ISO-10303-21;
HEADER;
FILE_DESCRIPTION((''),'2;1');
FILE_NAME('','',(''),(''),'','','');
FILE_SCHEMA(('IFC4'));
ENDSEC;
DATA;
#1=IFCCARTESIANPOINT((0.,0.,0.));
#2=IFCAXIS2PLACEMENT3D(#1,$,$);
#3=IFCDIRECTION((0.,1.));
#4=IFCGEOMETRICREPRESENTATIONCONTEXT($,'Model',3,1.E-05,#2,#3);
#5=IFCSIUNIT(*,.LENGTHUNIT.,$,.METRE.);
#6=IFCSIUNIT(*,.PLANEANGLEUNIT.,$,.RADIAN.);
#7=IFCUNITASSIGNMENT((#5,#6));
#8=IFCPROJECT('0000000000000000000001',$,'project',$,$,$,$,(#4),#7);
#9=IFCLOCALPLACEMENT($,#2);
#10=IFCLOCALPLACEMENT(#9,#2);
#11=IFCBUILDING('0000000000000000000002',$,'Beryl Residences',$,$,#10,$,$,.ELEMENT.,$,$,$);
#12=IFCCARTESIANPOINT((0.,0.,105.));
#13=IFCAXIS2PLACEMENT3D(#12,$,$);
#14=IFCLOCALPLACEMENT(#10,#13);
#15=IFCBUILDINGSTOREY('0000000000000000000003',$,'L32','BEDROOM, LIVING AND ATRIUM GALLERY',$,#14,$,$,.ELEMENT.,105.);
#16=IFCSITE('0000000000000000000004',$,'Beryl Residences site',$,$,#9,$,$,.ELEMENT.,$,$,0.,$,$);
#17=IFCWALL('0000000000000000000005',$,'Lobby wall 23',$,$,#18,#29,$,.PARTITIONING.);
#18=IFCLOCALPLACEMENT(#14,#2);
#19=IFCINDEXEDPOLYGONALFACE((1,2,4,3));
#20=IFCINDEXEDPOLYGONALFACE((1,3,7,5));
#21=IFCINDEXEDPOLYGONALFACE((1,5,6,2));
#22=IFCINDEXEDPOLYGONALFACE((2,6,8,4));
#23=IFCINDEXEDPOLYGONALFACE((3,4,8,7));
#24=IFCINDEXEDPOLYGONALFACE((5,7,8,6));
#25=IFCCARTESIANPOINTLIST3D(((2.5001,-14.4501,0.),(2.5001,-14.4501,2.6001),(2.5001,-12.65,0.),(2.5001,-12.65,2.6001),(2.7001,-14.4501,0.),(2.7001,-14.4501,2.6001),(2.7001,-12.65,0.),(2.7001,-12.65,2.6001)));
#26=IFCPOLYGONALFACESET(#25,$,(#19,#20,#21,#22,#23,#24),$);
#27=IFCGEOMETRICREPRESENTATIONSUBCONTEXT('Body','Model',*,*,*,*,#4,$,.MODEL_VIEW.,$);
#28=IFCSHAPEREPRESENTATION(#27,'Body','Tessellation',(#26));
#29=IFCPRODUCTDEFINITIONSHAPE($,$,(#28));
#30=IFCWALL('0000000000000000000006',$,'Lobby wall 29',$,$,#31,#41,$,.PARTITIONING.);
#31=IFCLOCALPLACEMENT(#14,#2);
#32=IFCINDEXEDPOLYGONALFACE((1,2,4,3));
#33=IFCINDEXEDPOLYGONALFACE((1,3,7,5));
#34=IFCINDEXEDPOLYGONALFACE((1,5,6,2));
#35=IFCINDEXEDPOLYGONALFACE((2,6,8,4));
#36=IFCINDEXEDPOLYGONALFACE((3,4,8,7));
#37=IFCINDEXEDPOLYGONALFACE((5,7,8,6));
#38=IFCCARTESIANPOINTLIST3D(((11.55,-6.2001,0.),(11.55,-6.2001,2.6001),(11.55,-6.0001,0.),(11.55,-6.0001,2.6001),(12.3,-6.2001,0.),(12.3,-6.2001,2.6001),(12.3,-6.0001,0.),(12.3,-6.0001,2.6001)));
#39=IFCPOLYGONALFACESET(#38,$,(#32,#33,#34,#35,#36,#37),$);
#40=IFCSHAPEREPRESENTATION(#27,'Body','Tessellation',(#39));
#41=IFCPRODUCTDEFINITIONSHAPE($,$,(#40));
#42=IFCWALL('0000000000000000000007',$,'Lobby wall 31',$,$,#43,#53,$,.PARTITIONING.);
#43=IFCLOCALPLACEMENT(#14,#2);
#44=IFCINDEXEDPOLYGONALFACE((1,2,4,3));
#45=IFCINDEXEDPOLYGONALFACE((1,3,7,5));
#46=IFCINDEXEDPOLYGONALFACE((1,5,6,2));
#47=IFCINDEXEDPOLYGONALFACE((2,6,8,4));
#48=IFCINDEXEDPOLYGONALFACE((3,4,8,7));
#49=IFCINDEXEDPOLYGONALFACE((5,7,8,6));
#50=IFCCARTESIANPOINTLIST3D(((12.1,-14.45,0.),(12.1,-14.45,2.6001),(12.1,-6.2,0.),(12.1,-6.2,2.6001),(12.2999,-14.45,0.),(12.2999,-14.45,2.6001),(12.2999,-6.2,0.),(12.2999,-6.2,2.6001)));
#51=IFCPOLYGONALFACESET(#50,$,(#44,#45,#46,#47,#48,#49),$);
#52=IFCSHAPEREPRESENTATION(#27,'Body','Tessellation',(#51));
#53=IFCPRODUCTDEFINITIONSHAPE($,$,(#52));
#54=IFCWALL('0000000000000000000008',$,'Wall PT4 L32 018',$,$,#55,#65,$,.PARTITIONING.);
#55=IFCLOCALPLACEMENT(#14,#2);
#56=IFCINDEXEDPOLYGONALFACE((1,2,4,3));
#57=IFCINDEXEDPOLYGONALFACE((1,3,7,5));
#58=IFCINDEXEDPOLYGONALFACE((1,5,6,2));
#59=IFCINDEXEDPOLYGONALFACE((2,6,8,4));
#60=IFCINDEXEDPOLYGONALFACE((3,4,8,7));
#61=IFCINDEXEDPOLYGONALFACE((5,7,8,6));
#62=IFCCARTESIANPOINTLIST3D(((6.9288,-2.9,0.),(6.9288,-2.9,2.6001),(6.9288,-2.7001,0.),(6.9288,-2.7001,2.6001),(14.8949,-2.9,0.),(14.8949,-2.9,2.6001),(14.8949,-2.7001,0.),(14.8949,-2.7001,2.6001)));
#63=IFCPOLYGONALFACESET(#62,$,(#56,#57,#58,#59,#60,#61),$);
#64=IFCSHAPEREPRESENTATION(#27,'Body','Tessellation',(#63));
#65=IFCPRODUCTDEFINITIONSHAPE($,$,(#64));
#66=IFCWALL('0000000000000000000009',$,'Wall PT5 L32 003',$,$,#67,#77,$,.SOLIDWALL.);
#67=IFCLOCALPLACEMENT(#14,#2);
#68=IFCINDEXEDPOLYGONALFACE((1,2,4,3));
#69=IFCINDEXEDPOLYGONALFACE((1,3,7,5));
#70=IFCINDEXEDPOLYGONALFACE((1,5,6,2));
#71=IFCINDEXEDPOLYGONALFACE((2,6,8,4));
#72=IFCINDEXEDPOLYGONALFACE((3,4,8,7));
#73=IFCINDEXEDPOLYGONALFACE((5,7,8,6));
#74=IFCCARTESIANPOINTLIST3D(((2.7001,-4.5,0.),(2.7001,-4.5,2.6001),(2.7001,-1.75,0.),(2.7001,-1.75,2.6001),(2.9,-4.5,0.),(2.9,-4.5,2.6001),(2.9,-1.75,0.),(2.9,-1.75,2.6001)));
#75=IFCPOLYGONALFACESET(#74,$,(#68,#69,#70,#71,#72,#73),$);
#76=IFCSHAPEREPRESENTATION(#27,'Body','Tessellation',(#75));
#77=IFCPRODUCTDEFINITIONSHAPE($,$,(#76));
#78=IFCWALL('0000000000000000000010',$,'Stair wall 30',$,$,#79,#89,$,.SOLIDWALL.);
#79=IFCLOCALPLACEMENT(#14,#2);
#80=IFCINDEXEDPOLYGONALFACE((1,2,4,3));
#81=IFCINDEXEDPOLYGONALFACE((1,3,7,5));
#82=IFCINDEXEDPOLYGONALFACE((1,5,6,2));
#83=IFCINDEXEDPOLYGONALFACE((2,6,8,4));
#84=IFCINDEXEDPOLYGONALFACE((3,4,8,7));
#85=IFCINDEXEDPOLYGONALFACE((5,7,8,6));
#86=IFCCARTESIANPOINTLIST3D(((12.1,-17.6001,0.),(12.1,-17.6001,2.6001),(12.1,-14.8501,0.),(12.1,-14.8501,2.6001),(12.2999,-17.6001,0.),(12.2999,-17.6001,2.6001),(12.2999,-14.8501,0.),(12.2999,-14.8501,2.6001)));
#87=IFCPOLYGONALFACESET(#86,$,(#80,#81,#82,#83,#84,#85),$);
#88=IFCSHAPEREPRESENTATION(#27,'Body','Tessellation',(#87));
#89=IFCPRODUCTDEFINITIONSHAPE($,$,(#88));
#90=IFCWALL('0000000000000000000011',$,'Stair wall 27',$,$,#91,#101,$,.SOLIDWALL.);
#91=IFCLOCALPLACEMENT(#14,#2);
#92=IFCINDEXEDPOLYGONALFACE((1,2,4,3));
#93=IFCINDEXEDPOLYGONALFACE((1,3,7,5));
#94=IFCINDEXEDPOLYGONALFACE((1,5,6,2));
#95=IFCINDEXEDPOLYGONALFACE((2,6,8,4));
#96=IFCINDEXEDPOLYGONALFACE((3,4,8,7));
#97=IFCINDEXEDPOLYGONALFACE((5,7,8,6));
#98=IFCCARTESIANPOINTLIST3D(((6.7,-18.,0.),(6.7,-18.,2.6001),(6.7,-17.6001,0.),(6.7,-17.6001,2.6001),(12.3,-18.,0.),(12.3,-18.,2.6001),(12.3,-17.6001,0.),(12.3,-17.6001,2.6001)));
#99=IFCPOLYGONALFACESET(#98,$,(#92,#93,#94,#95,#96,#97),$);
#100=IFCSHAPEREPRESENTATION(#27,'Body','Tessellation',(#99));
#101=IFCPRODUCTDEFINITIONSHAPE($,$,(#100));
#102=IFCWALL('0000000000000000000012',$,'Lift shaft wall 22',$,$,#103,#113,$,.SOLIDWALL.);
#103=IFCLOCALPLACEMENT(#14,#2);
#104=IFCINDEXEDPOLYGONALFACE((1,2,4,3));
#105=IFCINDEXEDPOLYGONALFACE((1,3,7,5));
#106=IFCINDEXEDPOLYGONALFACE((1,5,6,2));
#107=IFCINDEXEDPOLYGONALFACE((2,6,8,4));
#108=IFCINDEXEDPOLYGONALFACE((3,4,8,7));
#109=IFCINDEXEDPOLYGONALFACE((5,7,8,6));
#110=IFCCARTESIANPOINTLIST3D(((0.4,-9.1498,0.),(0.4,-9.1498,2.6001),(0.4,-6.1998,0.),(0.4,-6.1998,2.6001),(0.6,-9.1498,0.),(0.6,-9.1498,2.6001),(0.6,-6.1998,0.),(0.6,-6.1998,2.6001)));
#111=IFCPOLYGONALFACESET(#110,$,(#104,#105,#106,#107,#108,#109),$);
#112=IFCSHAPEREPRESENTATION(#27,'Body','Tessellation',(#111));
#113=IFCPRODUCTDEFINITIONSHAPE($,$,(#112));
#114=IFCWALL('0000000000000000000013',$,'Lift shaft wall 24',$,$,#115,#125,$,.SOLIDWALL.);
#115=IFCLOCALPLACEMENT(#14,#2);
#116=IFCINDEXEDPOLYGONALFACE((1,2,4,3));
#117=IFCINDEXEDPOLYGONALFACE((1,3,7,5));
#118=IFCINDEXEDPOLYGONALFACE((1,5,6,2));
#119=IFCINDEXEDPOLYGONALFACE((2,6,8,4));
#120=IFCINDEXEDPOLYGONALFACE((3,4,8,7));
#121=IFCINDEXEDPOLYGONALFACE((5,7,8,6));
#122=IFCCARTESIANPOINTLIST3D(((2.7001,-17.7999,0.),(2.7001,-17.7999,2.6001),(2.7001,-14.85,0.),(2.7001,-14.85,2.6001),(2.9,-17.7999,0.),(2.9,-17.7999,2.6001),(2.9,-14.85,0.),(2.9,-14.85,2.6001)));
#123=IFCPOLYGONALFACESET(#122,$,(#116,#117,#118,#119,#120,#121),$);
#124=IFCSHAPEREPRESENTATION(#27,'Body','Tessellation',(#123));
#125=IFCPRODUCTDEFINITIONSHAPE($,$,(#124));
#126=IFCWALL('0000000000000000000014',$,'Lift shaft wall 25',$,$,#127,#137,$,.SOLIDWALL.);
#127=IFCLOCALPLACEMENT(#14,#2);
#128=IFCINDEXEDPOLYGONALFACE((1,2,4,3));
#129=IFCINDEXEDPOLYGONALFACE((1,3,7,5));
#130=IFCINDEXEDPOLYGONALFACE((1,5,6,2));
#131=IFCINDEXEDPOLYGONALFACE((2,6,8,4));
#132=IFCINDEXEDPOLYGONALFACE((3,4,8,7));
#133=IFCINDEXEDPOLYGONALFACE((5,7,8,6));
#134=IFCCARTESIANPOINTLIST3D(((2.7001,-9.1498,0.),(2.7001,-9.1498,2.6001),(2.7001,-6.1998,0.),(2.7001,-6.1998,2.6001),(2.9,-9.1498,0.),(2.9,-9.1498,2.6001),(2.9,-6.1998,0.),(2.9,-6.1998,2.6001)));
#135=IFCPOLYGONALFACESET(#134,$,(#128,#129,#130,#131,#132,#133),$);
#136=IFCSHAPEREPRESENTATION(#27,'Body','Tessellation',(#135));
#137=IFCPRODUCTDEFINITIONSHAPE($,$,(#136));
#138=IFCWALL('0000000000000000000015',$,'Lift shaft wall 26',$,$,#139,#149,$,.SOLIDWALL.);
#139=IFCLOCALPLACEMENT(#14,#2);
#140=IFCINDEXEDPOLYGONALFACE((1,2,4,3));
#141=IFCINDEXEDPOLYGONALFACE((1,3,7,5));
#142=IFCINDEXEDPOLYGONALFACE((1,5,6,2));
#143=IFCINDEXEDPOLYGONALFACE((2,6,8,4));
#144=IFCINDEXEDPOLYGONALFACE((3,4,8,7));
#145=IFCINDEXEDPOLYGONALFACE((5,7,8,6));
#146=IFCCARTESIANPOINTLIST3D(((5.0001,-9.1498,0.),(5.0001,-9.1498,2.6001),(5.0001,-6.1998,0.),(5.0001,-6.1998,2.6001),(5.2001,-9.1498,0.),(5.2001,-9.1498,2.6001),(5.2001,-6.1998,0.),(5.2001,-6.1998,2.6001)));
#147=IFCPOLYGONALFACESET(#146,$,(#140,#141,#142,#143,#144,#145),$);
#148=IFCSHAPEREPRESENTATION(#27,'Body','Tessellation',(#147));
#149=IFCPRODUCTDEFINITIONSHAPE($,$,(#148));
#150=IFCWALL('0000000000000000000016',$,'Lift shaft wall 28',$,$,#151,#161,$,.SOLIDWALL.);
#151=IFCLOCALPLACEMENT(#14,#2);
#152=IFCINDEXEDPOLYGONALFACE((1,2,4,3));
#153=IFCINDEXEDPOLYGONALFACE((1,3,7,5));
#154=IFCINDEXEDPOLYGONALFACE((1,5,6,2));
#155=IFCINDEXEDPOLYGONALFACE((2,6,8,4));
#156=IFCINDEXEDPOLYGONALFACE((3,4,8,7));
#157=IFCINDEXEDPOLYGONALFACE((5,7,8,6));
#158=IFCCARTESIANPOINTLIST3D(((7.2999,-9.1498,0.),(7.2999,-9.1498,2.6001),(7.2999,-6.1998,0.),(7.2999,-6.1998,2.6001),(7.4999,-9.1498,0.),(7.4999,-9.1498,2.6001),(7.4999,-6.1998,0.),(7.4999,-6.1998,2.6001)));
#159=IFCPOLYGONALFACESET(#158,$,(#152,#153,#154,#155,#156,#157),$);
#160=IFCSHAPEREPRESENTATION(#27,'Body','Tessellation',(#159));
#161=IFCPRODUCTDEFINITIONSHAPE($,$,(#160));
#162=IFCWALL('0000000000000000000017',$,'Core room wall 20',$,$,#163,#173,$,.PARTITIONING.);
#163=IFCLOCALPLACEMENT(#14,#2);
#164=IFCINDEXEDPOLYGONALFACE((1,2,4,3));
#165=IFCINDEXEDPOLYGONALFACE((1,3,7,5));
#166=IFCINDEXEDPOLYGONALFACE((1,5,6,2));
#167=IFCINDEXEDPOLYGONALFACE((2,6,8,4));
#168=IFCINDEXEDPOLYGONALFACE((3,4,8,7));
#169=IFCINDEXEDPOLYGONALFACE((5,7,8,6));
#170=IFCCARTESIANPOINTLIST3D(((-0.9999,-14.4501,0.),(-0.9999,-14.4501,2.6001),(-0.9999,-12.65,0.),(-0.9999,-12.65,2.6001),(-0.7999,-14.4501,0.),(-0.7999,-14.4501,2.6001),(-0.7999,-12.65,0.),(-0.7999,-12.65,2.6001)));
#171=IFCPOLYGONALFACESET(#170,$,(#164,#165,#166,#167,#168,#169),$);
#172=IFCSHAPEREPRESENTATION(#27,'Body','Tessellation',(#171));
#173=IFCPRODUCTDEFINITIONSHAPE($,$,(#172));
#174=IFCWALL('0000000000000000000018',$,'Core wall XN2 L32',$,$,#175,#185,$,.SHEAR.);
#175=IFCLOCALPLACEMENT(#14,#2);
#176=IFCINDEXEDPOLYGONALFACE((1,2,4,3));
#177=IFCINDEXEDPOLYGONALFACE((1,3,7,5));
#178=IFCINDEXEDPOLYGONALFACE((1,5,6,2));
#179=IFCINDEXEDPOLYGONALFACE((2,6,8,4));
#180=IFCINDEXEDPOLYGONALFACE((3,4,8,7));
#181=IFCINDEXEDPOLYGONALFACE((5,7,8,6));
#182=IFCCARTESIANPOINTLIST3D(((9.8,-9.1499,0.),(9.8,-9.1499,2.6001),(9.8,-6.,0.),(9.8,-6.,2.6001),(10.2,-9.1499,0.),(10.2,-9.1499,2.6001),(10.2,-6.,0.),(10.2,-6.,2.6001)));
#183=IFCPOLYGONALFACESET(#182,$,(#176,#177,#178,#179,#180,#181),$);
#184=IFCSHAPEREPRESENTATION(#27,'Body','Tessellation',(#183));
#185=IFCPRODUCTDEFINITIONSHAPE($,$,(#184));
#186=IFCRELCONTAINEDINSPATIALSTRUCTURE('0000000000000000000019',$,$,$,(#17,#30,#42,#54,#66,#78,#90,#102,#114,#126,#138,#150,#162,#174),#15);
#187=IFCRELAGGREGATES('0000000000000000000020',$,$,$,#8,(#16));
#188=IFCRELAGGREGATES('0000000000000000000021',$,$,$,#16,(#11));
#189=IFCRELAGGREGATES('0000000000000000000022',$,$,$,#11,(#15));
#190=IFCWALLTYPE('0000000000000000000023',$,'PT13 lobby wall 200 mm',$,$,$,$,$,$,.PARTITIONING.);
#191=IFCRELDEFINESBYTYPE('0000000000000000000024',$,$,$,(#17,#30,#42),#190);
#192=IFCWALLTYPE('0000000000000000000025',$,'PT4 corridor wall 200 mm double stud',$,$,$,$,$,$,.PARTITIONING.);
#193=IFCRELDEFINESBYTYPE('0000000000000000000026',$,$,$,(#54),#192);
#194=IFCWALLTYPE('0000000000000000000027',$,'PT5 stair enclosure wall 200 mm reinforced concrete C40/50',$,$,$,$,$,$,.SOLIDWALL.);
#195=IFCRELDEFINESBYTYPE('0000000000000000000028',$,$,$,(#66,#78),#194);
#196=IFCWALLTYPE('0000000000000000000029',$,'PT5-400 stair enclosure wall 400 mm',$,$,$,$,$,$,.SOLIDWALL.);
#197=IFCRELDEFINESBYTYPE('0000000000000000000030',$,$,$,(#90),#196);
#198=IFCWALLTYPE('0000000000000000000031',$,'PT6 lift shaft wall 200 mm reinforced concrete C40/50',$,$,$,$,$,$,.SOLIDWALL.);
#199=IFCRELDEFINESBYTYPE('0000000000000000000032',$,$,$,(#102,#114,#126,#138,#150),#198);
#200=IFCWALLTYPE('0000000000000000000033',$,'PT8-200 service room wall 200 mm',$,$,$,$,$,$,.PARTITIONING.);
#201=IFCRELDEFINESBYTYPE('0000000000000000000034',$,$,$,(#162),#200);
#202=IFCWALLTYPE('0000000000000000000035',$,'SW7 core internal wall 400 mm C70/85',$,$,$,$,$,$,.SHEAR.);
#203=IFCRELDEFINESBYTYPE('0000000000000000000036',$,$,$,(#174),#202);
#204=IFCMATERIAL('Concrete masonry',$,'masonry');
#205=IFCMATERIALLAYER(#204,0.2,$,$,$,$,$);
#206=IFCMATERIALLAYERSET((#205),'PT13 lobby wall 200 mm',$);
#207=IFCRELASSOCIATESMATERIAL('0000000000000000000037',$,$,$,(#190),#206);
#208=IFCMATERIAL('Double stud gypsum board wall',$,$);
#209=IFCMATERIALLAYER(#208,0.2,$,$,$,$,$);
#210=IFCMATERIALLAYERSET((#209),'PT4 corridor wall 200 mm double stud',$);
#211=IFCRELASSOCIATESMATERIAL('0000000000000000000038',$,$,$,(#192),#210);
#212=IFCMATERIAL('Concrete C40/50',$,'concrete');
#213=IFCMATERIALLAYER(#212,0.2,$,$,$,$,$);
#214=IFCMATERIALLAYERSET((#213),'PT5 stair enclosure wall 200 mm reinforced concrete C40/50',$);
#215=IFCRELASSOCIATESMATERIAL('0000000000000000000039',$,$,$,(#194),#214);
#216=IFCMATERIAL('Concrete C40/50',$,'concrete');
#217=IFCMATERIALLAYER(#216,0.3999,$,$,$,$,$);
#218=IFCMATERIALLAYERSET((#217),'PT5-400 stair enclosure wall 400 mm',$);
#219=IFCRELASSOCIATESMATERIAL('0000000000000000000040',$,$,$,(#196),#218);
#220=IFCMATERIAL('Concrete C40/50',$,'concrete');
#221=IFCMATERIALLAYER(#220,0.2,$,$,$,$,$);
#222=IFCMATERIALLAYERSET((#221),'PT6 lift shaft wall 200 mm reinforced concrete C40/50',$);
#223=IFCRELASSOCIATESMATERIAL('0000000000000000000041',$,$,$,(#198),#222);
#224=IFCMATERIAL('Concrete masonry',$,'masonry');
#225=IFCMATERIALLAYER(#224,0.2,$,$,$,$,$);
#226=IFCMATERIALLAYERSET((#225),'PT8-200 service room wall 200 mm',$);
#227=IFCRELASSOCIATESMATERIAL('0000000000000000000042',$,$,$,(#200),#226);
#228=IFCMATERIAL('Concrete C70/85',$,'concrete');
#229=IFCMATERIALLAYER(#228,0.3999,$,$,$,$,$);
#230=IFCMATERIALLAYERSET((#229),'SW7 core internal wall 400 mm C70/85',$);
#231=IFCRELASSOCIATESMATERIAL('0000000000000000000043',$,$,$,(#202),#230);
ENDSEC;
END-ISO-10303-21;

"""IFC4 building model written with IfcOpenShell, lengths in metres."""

from ifc_helpers import new_model, si_unit, direction, frame, frame_2d, origin, place, context, subcontext, project, spatial, rectangle, extrude, material, layer, layer_set, type_object, element, save


model = new_model("IFC4")

# Units and contexts
model_context = context("Model", 3, precision=1e-05, world=origin(), true_north=direction((0.0, 1.0)))
body_context = subcontext(model_context, "Body", "Model", "MODEL_VIEW")
ifc_project = project(units=[si_unit("LENGTHUNIT", "METRE"), si_unit("PLANEANGLEUNIT", "RADIAN")], contexts=[model_context])

# Site, building, storey
site_placement = place(None, origin())
site = spatial("IfcSite", under=ifc_project, at=site_placement, Name="Beryl Residences site", CompositionType="ELEMENT", RefElevation=0.0)
building_placement = place(site_placement, origin())
building = spatial("IfcBuilding", under=site, at=building_placement, Name="Beryl Residences", CompositionType="ELEMENT")
storey_placement = place(building_placement, frame((0.0, 0.0, 105.0)))
storey = spatial("IfcBuildingStorey", under=building, at=storey_placement, Name="L32", Description="BEDROOM, LIVING AND ATRIUM GALLERY", CompositionType="ELEMENT", Elevation=105.0)

# Walls
ifc_material_1 = material(Name="Concrete masonry", Category="masonry")
ifc_layer_1 = layer(ifc_material_1, 0.2)
ifc_layer_set_1 = layer_set([ifc_layer_1], Name="PT13 lobby wall 200 mm")
wall_type_1 = type_object("IfcWallType", Name="PT13 lobby wall 200 mm", PredefinedType="PARTITIONING", material=ifc_layer_set_1)
wall_1_placement = place(storey_placement, frame((2.6001, -14.45, 0.0), z_axis=(0.0, 0.0, 1.0), x_axis=(0.0, 1.0, 0.0)))
element("IfcWall", 1, at=wall_1_placement, inside=storey, type_object=wall_type_1, Name="Lobby wall 23", PredefinedType="PARTITIONING", context=body_context, shape_type="SweptSolid", body=[
    extrude(rectangle(XDim=1.8, YDim=0.2, at=frame_2d((0.8999, 0.0))), origin(), (0.0, 0.0, 1.0), 2.6001),
])
wall_2_placement = place(storey_placement, frame((11.55, -6.1001, 0.0), z_axis=(0.0, 0.0, 1.0), x_axis=(1.0, 0.0, 0.0)))
element("IfcWall", 2, at=wall_2_placement, inside=storey, type_object=wall_type_1, Name="Lobby wall 29", PredefinedType="PARTITIONING", context=body_context, shape_type="SweptSolid", body=[
    extrude(rectangle(XDim=0.75, YDim=0.2, at=frame_2d((0.375, 0.0))), origin(), (0.0, 0.0, 1.0), 2.6001),
])
wall_3_placement = place(storey_placement, frame((12.2, -14.45, 0.0), z_axis=(0.0, 0.0, 1.0), x_axis=(0.0, 1.0, 0.0)))
element("IfcWall", 3, at=wall_3_placement, inside=storey, type_object=wall_type_1, Name="Lobby wall 31", PredefinedType="PARTITIONING", context=body_context, shape_type="SweptSolid", body=[
    extrude(rectangle(XDim=8.25, YDim=0.2, at=frame_2d((4.125, 0.0))), origin(), (0.0, 0.0, 1.0), 2.6001),
])
ifc_material_2 = material(Name="Double stud gypsum board wall")
ifc_layer_2 = layer(ifc_material_2, 0.2)
ifc_layer_set_2 = layer_set([ifc_layer_2], Name="PT4 corridor wall 200 mm double stud")
wall_type_2 = type_object("IfcWallType", Name="PT4 corridor wall 200 mm double stud", PredefinedType="PARTITIONING", material=ifc_layer_set_2)
wall_4_placement = place(storey_placement, frame((6.929, -2.8, 0.0), z_axis=(0.0, 0.0, 1.0), x_axis=(1.0, 0.0, 0.0)))
element("IfcWall", 4, at=wall_4_placement, inside=storey, type_object=wall_type_2, Name="Wall PT4 L32 018", PredefinedType="PARTITIONING", context=body_context, shape_type="SweptSolid", body=[
    extrude(rectangle(XDim=7.9661, YDim=0.2, at=frame_2d((3.9829, 0.0))), origin(), (0.0, 0.0, 1.0), 2.6001),
])
ifc_material_3 = material(Name="Concrete C40/50", Category="concrete")
ifc_layer_3 = layer(ifc_material_3, 0.2)
ifc_layer_set_3 = layer_set([ifc_layer_3], Name="PT5 stair enclosure wall 200 mm reinforced concrete C40/50")
wall_type_3 = type_object("IfcWallType", Name="PT5 stair enclosure wall 200 mm reinforced concrete C40/50", PredefinedType="SOLIDWALL", material=ifc_layer_set_3)
for number, where, z_axis, x_axis, name in (
    (5, (2.8, -4.5, 0.0), (0.0, 0.0, 1.0), (0.0, 1.0, 0.0), "Wall PT5 L32 003"),
    (6, (12.2, -17.6001, 0.0), (0.0, 0.0, 1.0), (0.0, 1.0, 0.0), "Stair wall 30"),
):
    element("IfcWall", number, at=place(storey_placement, frame(where, z_axis=z_axis, x_axis=x_axis)), inside=storey, type_object=wall_type_3, Name=name, PredefinedType="SOLIDWALL", context=body_context, shape_type="SweptSolid", body=[
        extrude(rectangle(XDim=2.75, YDim=0.2, at=frame_2d((1.375, 0.0))), origin(), (0.0, 0.0, 1.0), 2.6001),
    ])
ifc_material_4 = material(Name="Concrete C40/50", Category="concrete")
ifc_layer_4 = layer(ifc_material_4, 0.3999)
ifc_layer_set_4 = layer_set([ifc_layer_4], Name="PT5-400 stair enclosure wall 400 mm")
wall_type_4 = type_object("IfcWallType", Name="PT5-400 stair enclosure wall 400 mm", PredefinedType="SOLIDWALL", material=ifc_layer_set_4)
wall_5_placement = place(storey_placement, frame((6.7, -17.8, 0.0), z_axis=(0.0, 0.0, 1.0), x_axis=(1.0, 0.0, 0.0)))
element("IfcWall", 7, at=wall_5_placement, inside=storey, type_object=wall_type_4, Name="Stair wall 27", PredefinedType="SOLIDWALL", context=body_context, shape_type="SweptSolid", body=[
    extrude(rectangle(XDim=5.6001, YDim=0.3999, at=frame_2d((2.8, 0.0))), origin(), (0.0, 0.0, 1.0), 2.6001),
])
ifc_material_5 = material(Name="Concrete C40/50", Category="concrete")
ifc_layer_5 = layer(ifc_material_5, 0.2)
ifc_layer_set_5 = layer_set([ifc_layer_5], Name="PT6 lift shaft wall 200 mm reinforced concrete C40/50")
wall_type_5 = type_object("IfcWallType", Name="PT6 lift shaft wall 200 mm reinforced concrete C40/50", PredefinedType="SOLIDWALL", material=ifc_layer_set_5)
for number, where, z_axis, x_axis, name in (
    (8, (0.5, -9.1499, 0.0), (0.0, 0.0, 1.0), (0.0, 1.0, 0.0), "Lift shaft wall 22"),
    (9, (2.8, -17.8, 0.0), (0.0, 0.0, 1.0), (0.0, 1.0, 0.0), "Lift shaft wall 24"),
    (10, (2.8, -9.1499, 0.0), (0.0, 0.0, 1.0), (0.0, 1.0, 0.0), "Lift shaft wall 25"),
    (11, (5.1001, -9.1499, 0.0), (0.0, 0.0, 1.0), (0.0, 1.0, 0.0), "Lift shaft wall 26"),
    (12, (7.3999, -9.1499, 0.0), (0.0, 0.0, 1.0), (0.0, 1.0, 0.0), "Lift shaft wall 28"),
):
    element("IfcWall", number, at=place(storey_placement, frame(where, z_axis=z_axis, x_axis=x_axis)), inside=storey, type_object=wall_type_5, Name=name, PredefinedType="SOLIDWALL", context=body_context, shape_type="SweptSolid", body=[
        extrude(rectangle(XDim=2.95, YDim=0.2, at=frame_2d((1.4751, 0.0))), origin(), (0.0, 0.0, 1.0), 2.6001),
    ])
ifc_material_6 = material(Name="Concrete masonry", Category="masonry")
ifc_layer_6 = layer(ifc_material_6, 0.2)
ifc_layer_set_6 = layer_set([ifc_layer_6], Name="PT8-200 service room wall 200 mm")
wall_type_6 = type_object("IfcWallType", Name="PT8-200 service room wall 200 mm", PredefinedType="PARTITIONING", material=ifc_layer_set_6)
wall_6_placement = place(storey_placement, frame((-0.8999, -14.45, 0.0), z_axis=(0.0, 0.0, 1.0), x_axis=(0.0, 1.0, 0.0)))
element("IfcWall", 13, at=wall_6_placement, inside=storey, type_object=wall_type_6, Name="Core room wall 20", PredefinedType="PARTITIONING", context=body_context, shape_type="SweptSolid", body=[
    extrude(rectangle(XDim=1.8, YDim=0.2, at=frame_2d((0.8999, 0.0))), origin(), (0.0, 0.0, 1.0), 2.6001),
])
ifc_material_7 = material(Name="Concrete C70/85", Category="concrete")
ifc_layer_7 = layer(ifc_material_7, 0.3999)
ifc_layer_set_7 = layer_set([ifc_layer_7], Name="SW7 core internal wall 400 mm C70/85")
wall_type_7 = type_object("IfcWallType", Name="SW7 core internal wall 400 mm C70/85", PredefinedType="SHEAR", material=ifc_layer_set_7)
wall_7_placement = place(storey_placement, frame((10.0, -9.1499, 0.0), z_axis=(0.0, 0.0, 1.0), x_axis=(0.0, 1.0, 0.0)))
element("IfcWall", 14, at=wall_7_placement, inside=storey, type_object=wall_type_7, Name="Core wall XN2 L32", PredefinedType="SHEAR", context=body_context, shape_type="SweptSolid", body=[
    extrude(rectangle(XDim=3.1499, YDim=0.3999, at=frame_2d((1.575, 0.0))), origin(), (0.0, 0.0, 1.0), 2.6001),
])

save(model, "model.ifc")
